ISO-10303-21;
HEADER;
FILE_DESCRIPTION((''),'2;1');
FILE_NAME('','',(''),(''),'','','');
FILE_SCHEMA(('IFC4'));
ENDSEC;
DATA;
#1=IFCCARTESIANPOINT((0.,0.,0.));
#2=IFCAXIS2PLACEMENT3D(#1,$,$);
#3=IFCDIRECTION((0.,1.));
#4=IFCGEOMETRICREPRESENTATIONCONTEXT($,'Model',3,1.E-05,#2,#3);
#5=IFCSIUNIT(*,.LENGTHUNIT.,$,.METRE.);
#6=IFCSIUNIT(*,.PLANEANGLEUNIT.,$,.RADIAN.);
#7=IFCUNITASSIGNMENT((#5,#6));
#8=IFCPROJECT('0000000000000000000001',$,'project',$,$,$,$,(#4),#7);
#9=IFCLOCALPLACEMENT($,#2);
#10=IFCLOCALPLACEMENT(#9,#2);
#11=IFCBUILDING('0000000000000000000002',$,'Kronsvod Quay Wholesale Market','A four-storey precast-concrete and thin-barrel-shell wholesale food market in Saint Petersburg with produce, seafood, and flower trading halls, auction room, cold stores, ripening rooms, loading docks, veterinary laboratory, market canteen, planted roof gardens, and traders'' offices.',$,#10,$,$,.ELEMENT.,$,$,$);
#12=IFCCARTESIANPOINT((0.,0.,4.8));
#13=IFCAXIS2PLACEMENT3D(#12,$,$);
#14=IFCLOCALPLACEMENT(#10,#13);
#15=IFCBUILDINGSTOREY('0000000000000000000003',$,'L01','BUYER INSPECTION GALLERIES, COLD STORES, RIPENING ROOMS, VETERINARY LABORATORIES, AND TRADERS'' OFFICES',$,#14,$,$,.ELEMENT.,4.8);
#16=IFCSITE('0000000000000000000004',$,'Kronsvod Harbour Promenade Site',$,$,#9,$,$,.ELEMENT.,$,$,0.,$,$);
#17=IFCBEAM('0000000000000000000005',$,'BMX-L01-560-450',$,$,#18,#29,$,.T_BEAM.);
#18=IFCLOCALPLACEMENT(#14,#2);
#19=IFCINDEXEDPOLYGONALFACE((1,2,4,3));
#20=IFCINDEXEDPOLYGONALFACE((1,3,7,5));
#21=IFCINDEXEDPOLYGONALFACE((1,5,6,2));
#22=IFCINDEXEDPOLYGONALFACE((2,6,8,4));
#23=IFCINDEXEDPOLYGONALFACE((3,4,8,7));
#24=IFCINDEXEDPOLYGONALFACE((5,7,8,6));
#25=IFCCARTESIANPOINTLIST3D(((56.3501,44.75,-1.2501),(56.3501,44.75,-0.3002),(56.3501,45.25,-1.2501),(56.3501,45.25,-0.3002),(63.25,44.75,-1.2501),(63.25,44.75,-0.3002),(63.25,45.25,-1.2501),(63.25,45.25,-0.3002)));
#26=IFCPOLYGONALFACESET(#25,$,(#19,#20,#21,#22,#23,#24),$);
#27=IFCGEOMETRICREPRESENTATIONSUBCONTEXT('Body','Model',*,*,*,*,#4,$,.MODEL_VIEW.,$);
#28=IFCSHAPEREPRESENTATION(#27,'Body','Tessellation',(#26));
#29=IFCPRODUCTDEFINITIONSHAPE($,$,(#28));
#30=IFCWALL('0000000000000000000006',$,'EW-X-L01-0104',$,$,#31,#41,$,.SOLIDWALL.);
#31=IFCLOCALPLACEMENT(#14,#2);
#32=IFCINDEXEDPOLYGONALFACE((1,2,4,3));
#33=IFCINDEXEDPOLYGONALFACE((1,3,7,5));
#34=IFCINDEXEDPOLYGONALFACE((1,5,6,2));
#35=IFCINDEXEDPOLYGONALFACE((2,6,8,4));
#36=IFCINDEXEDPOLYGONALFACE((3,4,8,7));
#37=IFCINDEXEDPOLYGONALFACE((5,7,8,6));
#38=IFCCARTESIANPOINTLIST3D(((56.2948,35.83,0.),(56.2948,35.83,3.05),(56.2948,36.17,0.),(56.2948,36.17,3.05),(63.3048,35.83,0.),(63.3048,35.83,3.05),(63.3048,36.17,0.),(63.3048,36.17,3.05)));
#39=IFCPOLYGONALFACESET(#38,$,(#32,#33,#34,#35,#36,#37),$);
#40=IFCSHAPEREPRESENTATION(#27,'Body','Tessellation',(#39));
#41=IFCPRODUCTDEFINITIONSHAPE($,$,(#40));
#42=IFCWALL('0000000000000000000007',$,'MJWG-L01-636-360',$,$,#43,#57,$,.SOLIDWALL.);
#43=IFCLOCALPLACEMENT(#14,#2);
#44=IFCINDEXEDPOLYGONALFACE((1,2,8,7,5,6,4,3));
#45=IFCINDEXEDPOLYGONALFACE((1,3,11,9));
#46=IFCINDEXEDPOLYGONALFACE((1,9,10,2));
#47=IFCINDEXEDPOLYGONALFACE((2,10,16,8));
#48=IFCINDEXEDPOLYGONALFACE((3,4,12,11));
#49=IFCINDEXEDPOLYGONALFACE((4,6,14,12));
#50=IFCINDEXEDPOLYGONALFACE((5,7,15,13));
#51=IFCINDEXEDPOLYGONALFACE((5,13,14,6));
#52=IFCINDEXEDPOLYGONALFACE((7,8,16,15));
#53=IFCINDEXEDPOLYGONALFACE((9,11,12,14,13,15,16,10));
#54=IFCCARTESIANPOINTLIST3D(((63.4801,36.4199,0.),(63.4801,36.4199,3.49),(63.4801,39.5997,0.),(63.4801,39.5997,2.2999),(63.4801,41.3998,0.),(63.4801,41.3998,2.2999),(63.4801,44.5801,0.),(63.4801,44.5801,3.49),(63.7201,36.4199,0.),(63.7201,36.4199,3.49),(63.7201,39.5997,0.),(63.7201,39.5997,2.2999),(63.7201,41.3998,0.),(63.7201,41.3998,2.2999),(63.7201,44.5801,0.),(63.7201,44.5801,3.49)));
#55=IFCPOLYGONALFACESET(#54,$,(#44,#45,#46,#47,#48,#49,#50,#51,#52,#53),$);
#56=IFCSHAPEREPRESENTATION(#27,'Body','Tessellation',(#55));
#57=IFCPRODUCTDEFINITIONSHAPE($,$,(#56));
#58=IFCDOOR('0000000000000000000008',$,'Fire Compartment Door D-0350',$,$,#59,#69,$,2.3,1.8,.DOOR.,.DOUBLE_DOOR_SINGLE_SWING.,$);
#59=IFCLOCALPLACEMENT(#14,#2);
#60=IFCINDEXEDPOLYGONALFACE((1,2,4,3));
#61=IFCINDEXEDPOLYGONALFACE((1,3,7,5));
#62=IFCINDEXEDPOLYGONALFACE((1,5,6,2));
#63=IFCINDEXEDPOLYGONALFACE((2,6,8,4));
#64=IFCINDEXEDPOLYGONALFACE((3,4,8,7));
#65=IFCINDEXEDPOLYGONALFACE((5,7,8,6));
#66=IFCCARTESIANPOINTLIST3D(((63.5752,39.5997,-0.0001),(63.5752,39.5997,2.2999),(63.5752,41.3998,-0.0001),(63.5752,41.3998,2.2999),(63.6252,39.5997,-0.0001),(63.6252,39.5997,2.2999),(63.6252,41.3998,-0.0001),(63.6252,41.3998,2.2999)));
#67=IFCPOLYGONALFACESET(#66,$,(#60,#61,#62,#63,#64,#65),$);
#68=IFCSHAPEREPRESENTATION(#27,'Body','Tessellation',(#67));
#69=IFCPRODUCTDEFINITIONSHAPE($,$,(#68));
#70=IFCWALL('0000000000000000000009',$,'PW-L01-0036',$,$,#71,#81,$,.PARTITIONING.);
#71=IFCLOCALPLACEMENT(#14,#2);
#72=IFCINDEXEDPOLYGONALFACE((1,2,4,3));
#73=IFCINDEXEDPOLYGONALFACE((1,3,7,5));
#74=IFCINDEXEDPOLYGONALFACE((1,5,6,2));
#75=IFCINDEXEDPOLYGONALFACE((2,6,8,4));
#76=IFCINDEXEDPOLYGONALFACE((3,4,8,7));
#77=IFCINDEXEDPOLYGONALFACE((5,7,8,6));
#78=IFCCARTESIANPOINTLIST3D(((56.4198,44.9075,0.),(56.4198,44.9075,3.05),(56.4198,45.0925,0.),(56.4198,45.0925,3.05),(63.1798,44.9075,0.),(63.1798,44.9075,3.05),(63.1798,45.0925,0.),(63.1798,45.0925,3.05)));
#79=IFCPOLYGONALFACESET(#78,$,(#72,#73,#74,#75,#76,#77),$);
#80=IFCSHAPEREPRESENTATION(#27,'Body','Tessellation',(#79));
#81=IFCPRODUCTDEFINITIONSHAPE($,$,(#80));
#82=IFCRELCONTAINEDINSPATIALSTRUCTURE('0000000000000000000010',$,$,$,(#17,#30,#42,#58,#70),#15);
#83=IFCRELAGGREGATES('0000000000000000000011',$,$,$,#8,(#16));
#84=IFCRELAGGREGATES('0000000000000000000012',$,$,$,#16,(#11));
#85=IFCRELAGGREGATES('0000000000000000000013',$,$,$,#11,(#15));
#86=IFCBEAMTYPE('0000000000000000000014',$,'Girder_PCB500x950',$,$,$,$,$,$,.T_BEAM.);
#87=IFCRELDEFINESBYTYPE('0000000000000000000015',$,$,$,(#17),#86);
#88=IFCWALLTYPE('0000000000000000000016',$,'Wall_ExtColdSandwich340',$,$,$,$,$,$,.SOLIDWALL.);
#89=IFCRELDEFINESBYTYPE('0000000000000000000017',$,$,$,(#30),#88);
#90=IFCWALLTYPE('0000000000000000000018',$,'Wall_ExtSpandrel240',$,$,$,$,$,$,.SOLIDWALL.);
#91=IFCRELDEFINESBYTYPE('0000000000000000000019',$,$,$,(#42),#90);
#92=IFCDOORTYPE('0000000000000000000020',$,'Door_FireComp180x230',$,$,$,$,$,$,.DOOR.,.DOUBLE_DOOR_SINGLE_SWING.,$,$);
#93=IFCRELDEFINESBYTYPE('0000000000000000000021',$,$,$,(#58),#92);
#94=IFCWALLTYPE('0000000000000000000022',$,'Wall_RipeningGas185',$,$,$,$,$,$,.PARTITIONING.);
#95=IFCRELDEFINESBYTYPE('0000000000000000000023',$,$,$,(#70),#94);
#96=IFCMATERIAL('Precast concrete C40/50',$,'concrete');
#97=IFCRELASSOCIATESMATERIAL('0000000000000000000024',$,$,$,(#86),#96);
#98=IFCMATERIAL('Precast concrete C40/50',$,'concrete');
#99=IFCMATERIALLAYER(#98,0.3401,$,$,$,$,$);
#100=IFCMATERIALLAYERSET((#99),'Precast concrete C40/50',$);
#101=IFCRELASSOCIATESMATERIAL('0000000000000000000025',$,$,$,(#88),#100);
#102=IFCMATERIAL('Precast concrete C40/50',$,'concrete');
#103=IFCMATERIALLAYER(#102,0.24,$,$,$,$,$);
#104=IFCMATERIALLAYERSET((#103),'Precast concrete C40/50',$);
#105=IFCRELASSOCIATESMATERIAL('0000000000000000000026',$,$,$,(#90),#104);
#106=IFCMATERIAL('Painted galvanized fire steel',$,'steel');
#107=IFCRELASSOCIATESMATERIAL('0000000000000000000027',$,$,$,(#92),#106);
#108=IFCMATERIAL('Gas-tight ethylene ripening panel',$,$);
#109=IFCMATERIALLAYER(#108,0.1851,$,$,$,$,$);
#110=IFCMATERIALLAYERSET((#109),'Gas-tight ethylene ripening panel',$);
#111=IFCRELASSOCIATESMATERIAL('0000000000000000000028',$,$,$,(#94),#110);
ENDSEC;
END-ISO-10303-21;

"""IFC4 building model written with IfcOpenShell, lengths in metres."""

from ifc_helpers import new_model, si_unit, direction, frame, frame_2d, origin, origin_2d, place, context, subcontext, project, spatial, rectangle, extrude, material, layer, layer_set, material_profile, profile_set, type_object, element, fill, save


model = new_model("IFC4")

# Units and contexts
model_context = context("Model", 3, precision=1e-05, world=origin(), true_north=direction((0.0, 1.0)))
body_context = subcontext(model_context, "Body", "Model", "MODEL_VIEW")
ifc_project = project(units=[si_unit("LENGTHUNIT", "METRE"), si_unit("PLANEANGLEUNIT", "RADIAN")], contexts=[model_context])

# Site, building, storey
site_placement = place(None, origin())
site = spatial("IfcSite", under=ifc_project, at=site_placement, Name="Kronsvod Harbour Promenade Site", CompositionType="ELEMENT", RefElevation=0.0)
building_placement = place(site_placement, origin())
building = spatial("IfcBuilding", under=site, at=building_placement, Name="Kronsvod Quay Wholesale Market", Description="A four-storey precast-concrete and thin-barrel-shell wholesale food market in Saint Petersburg with produce, seafood, and flower trading halls, auction room, cold stores, ripening rooms, loading docks, veterinary laboratory, market canteen, planted roof gardens, and traders' offices.", CompositionType="ELEMENT")
storey_placement = place(building_placement, frame((0.0, 0.0, 4.8)))
storey = spatial("IfcBuildingStorey", under=building, at=storey_placement, Name="L01", Description="BUYER INSPECTION GALLERIES, COLD STORES, RIPENING ROOMS, VETERINARY LABORATORIES, AND TRADERS' OFFICES", CompositionType="ELEMENT", Elevation=4.8)

# Beam
ifc_material_1 = material(Name="Precast concrete C40/50", Category="concrete")
ifc_material_profile_1 = material_profile(ifc_material_1, rectangle(XDim=0.5, YDim=0.95, at=origin_2d()), Name="PCB500x950")
ifc_profile_set_1 = profile_set([ifc_material_profile_1], Name="Precast concrete C40/50")
beam_type_1 = type_object("IfcBeamType", Name="Girder_PCB500x950", PredefinedType="T_BEAM", material=ifc_profile_set_1)
beam_1_placement = place(storey_placement, frame((56.3501, 45.0, -0.7751), z_axis=(1.0, 0.0, 0.0), x_axis=(0.0, 1.0, 0.0)))
element("IfcBeam", 1, at=beam_1_placement, inside=storey, type_object=beam_type_1, Name="BMX-L01-560-450", PredefinedType="T_BEAM", context=body_context, shape_type="SweptSolid", body=[
    extrude(rectangle(XDim=0.5, YDim=0.95, at=origin_2d()), origin(), (0.0, 0.0, 1.0), 6.8999),
])

# Wall
ifc_material_2 = material(Name="Precast concrete C40/50", Category="concrete")
ifc_layer_1 = layer(ifc_material_2, 0.3401)
ifc_layer_set_1 = layer_set([ifc_layer_1], Name="Precast concrete C40/50")
wall_type_1 = type_object("IfcWallType", Name="Wall_ExtColdSandwich340", PredefinedType="SOLIDWALL", material=ifc_layer_set_1)
wall_1_placement = place(storey_placement, frame((56.2949, 36.0, 0.0), z_axis=(0.0, 0.0, 1.0), x_axis=(1.0, 0.0, 0.0)))
element("IfcWall", 2, at=wall_1_placement, inside=storey, type_object=wall_type_1, Name="EW-X-L01-0104", PredefinedType="SOLIDWALL", context=body_context, shape_type="SweptSolid", body=[
    extrude(rectangle(XDim=7.01, YDim=0.3401, at=frame_2d((3.5049, 0.0))), origin(), (0.0, 0.0, 1.0), 3.05),
])

# Wall, opening, door
ifc_material_3 = material(Name="Precast concrete C40/50", Category="concrete")
ifc_layer_2 = layer(ifc_material_3, 0.24)
ifc_layer_set_2 = layer_set([ifc_layer_2], Name="Precast concrete C40/50")
wall_type_2 = type_object("IfcWallType", Name="Wall_ExtSpandrel240", PredefinedType="SOLIDWALL", material=ifc_layer_set_2)
wall_2_placement = place(storey_placement, frame((63.6001, 36.4199, 0.0), z_axis=(0.0, 0.0, 1.0), x_axis=(0.0, 1.0, 0.0)))
wall_2 = element("IfcWall", 3, at=wall_2_placement, inside=storey, type_object=wall_type_2, Name="MJWG-L01-636-360", PredefinedType="SOLIDWALL", context=body_context, shape_type="SweptSolid", body=[
    extrude(rectangle(XDim=8.1602, YDim=0.24, at=frame_2d((4.0801, 0.0))), origin(), (0.0, 0.0, 1.0), 3.49),
])
opening_1_placement = place(wall_2_placement, frame((3.1799, 0.0, 0.0)))
opening_1 = element("IfcOpeningElement", 4, at=opening_1_placement, cuts=wall_2, PredefinedType="OPENING", context=body_context, shape_type="SweptSolid", body=[
    extrude(rectangle(XDim=1.8, YDim=2.3, at=frame_2d((0.8999, 1.1499))), frame((0.0, 0.1299, 0.0), z_axis=(0.0, -1.0, 0.0), x_axis=(1.0, 0.0, 0.0)), (0.0, 0.0, 1.0), 0.26),
])
ifc_material_4 = material(Name="Painted galvanized fire steel", Category="steel")
door_type_1 = type_object("IfcDoorType", Name="Door_FireComp180x230", OperationType="DOUBLE_DOOR_SINGLE_SWING", PredefinedType="DOOR", material=ifc_material_4)
door_1_placement = place(opening_1_placement, origin())
door_1 = element("IfcDoor", 5, at=door_1_placement, inside=storey, type_object=door_type_1, Name="Fire Compartment Door D-0350", OperationType="DOUBLE_DOOR_SINGLE_SWING", OverallHeight=2.3, OverallWidth=1.8, PredefinedType="DOOR", context=body_context, shape_type="SweptSolid", body=[
    extrude(rectangle(XDim=1.8, YDim=2.3, at=frame_2d((0.8999, 1.1499))), frame((0.0, 0.0249, 0.0), z_axis=(0.0, -1.0, 0.0), x_axis=(1.0, 0.0, 0.0)), (0.0, 0.0, 1.0), 0.05),
])
fill(opening_1, door_1)
ifc_material_5 = material(Name="Gas-tight ethylene ripening panel")
ifc_layer_3 = layer(ifc_material_5, 0.1851)
ifc_layer_set_3 = layer_set([ifc_layer_3], Name="Gas-tight ethylene ripening panel")
wall_type_3 = type_object("IfcWallType", Name="Wall_RipeningGas185", PredefinedType="PARTITIONING", material=ifc_layer_set_3)

# Wall
wall_3_placement = place(storey_placement, frame((56.4199, 45.0, 0.0), z_axis=(0.0, 0.0, 1.0), x_axis=(1.0, 0.0, 0.0)))
element("IfcWall", 6, at=wall_3_placement, inside=storey, type_object=wall_type_3, Name="PW-L01-0036", PredefinedType="PARTITIONING", context=body_context, shape_type="SweptSolid", body=[
    extrude(rectangle(XDim=6.76, YDim=0.1851, at=frame_2d((3.3799, 0.0))), origin(), (0.0, 0.0, 1.0), 3.05),
])

save(model, "model.ifc")
